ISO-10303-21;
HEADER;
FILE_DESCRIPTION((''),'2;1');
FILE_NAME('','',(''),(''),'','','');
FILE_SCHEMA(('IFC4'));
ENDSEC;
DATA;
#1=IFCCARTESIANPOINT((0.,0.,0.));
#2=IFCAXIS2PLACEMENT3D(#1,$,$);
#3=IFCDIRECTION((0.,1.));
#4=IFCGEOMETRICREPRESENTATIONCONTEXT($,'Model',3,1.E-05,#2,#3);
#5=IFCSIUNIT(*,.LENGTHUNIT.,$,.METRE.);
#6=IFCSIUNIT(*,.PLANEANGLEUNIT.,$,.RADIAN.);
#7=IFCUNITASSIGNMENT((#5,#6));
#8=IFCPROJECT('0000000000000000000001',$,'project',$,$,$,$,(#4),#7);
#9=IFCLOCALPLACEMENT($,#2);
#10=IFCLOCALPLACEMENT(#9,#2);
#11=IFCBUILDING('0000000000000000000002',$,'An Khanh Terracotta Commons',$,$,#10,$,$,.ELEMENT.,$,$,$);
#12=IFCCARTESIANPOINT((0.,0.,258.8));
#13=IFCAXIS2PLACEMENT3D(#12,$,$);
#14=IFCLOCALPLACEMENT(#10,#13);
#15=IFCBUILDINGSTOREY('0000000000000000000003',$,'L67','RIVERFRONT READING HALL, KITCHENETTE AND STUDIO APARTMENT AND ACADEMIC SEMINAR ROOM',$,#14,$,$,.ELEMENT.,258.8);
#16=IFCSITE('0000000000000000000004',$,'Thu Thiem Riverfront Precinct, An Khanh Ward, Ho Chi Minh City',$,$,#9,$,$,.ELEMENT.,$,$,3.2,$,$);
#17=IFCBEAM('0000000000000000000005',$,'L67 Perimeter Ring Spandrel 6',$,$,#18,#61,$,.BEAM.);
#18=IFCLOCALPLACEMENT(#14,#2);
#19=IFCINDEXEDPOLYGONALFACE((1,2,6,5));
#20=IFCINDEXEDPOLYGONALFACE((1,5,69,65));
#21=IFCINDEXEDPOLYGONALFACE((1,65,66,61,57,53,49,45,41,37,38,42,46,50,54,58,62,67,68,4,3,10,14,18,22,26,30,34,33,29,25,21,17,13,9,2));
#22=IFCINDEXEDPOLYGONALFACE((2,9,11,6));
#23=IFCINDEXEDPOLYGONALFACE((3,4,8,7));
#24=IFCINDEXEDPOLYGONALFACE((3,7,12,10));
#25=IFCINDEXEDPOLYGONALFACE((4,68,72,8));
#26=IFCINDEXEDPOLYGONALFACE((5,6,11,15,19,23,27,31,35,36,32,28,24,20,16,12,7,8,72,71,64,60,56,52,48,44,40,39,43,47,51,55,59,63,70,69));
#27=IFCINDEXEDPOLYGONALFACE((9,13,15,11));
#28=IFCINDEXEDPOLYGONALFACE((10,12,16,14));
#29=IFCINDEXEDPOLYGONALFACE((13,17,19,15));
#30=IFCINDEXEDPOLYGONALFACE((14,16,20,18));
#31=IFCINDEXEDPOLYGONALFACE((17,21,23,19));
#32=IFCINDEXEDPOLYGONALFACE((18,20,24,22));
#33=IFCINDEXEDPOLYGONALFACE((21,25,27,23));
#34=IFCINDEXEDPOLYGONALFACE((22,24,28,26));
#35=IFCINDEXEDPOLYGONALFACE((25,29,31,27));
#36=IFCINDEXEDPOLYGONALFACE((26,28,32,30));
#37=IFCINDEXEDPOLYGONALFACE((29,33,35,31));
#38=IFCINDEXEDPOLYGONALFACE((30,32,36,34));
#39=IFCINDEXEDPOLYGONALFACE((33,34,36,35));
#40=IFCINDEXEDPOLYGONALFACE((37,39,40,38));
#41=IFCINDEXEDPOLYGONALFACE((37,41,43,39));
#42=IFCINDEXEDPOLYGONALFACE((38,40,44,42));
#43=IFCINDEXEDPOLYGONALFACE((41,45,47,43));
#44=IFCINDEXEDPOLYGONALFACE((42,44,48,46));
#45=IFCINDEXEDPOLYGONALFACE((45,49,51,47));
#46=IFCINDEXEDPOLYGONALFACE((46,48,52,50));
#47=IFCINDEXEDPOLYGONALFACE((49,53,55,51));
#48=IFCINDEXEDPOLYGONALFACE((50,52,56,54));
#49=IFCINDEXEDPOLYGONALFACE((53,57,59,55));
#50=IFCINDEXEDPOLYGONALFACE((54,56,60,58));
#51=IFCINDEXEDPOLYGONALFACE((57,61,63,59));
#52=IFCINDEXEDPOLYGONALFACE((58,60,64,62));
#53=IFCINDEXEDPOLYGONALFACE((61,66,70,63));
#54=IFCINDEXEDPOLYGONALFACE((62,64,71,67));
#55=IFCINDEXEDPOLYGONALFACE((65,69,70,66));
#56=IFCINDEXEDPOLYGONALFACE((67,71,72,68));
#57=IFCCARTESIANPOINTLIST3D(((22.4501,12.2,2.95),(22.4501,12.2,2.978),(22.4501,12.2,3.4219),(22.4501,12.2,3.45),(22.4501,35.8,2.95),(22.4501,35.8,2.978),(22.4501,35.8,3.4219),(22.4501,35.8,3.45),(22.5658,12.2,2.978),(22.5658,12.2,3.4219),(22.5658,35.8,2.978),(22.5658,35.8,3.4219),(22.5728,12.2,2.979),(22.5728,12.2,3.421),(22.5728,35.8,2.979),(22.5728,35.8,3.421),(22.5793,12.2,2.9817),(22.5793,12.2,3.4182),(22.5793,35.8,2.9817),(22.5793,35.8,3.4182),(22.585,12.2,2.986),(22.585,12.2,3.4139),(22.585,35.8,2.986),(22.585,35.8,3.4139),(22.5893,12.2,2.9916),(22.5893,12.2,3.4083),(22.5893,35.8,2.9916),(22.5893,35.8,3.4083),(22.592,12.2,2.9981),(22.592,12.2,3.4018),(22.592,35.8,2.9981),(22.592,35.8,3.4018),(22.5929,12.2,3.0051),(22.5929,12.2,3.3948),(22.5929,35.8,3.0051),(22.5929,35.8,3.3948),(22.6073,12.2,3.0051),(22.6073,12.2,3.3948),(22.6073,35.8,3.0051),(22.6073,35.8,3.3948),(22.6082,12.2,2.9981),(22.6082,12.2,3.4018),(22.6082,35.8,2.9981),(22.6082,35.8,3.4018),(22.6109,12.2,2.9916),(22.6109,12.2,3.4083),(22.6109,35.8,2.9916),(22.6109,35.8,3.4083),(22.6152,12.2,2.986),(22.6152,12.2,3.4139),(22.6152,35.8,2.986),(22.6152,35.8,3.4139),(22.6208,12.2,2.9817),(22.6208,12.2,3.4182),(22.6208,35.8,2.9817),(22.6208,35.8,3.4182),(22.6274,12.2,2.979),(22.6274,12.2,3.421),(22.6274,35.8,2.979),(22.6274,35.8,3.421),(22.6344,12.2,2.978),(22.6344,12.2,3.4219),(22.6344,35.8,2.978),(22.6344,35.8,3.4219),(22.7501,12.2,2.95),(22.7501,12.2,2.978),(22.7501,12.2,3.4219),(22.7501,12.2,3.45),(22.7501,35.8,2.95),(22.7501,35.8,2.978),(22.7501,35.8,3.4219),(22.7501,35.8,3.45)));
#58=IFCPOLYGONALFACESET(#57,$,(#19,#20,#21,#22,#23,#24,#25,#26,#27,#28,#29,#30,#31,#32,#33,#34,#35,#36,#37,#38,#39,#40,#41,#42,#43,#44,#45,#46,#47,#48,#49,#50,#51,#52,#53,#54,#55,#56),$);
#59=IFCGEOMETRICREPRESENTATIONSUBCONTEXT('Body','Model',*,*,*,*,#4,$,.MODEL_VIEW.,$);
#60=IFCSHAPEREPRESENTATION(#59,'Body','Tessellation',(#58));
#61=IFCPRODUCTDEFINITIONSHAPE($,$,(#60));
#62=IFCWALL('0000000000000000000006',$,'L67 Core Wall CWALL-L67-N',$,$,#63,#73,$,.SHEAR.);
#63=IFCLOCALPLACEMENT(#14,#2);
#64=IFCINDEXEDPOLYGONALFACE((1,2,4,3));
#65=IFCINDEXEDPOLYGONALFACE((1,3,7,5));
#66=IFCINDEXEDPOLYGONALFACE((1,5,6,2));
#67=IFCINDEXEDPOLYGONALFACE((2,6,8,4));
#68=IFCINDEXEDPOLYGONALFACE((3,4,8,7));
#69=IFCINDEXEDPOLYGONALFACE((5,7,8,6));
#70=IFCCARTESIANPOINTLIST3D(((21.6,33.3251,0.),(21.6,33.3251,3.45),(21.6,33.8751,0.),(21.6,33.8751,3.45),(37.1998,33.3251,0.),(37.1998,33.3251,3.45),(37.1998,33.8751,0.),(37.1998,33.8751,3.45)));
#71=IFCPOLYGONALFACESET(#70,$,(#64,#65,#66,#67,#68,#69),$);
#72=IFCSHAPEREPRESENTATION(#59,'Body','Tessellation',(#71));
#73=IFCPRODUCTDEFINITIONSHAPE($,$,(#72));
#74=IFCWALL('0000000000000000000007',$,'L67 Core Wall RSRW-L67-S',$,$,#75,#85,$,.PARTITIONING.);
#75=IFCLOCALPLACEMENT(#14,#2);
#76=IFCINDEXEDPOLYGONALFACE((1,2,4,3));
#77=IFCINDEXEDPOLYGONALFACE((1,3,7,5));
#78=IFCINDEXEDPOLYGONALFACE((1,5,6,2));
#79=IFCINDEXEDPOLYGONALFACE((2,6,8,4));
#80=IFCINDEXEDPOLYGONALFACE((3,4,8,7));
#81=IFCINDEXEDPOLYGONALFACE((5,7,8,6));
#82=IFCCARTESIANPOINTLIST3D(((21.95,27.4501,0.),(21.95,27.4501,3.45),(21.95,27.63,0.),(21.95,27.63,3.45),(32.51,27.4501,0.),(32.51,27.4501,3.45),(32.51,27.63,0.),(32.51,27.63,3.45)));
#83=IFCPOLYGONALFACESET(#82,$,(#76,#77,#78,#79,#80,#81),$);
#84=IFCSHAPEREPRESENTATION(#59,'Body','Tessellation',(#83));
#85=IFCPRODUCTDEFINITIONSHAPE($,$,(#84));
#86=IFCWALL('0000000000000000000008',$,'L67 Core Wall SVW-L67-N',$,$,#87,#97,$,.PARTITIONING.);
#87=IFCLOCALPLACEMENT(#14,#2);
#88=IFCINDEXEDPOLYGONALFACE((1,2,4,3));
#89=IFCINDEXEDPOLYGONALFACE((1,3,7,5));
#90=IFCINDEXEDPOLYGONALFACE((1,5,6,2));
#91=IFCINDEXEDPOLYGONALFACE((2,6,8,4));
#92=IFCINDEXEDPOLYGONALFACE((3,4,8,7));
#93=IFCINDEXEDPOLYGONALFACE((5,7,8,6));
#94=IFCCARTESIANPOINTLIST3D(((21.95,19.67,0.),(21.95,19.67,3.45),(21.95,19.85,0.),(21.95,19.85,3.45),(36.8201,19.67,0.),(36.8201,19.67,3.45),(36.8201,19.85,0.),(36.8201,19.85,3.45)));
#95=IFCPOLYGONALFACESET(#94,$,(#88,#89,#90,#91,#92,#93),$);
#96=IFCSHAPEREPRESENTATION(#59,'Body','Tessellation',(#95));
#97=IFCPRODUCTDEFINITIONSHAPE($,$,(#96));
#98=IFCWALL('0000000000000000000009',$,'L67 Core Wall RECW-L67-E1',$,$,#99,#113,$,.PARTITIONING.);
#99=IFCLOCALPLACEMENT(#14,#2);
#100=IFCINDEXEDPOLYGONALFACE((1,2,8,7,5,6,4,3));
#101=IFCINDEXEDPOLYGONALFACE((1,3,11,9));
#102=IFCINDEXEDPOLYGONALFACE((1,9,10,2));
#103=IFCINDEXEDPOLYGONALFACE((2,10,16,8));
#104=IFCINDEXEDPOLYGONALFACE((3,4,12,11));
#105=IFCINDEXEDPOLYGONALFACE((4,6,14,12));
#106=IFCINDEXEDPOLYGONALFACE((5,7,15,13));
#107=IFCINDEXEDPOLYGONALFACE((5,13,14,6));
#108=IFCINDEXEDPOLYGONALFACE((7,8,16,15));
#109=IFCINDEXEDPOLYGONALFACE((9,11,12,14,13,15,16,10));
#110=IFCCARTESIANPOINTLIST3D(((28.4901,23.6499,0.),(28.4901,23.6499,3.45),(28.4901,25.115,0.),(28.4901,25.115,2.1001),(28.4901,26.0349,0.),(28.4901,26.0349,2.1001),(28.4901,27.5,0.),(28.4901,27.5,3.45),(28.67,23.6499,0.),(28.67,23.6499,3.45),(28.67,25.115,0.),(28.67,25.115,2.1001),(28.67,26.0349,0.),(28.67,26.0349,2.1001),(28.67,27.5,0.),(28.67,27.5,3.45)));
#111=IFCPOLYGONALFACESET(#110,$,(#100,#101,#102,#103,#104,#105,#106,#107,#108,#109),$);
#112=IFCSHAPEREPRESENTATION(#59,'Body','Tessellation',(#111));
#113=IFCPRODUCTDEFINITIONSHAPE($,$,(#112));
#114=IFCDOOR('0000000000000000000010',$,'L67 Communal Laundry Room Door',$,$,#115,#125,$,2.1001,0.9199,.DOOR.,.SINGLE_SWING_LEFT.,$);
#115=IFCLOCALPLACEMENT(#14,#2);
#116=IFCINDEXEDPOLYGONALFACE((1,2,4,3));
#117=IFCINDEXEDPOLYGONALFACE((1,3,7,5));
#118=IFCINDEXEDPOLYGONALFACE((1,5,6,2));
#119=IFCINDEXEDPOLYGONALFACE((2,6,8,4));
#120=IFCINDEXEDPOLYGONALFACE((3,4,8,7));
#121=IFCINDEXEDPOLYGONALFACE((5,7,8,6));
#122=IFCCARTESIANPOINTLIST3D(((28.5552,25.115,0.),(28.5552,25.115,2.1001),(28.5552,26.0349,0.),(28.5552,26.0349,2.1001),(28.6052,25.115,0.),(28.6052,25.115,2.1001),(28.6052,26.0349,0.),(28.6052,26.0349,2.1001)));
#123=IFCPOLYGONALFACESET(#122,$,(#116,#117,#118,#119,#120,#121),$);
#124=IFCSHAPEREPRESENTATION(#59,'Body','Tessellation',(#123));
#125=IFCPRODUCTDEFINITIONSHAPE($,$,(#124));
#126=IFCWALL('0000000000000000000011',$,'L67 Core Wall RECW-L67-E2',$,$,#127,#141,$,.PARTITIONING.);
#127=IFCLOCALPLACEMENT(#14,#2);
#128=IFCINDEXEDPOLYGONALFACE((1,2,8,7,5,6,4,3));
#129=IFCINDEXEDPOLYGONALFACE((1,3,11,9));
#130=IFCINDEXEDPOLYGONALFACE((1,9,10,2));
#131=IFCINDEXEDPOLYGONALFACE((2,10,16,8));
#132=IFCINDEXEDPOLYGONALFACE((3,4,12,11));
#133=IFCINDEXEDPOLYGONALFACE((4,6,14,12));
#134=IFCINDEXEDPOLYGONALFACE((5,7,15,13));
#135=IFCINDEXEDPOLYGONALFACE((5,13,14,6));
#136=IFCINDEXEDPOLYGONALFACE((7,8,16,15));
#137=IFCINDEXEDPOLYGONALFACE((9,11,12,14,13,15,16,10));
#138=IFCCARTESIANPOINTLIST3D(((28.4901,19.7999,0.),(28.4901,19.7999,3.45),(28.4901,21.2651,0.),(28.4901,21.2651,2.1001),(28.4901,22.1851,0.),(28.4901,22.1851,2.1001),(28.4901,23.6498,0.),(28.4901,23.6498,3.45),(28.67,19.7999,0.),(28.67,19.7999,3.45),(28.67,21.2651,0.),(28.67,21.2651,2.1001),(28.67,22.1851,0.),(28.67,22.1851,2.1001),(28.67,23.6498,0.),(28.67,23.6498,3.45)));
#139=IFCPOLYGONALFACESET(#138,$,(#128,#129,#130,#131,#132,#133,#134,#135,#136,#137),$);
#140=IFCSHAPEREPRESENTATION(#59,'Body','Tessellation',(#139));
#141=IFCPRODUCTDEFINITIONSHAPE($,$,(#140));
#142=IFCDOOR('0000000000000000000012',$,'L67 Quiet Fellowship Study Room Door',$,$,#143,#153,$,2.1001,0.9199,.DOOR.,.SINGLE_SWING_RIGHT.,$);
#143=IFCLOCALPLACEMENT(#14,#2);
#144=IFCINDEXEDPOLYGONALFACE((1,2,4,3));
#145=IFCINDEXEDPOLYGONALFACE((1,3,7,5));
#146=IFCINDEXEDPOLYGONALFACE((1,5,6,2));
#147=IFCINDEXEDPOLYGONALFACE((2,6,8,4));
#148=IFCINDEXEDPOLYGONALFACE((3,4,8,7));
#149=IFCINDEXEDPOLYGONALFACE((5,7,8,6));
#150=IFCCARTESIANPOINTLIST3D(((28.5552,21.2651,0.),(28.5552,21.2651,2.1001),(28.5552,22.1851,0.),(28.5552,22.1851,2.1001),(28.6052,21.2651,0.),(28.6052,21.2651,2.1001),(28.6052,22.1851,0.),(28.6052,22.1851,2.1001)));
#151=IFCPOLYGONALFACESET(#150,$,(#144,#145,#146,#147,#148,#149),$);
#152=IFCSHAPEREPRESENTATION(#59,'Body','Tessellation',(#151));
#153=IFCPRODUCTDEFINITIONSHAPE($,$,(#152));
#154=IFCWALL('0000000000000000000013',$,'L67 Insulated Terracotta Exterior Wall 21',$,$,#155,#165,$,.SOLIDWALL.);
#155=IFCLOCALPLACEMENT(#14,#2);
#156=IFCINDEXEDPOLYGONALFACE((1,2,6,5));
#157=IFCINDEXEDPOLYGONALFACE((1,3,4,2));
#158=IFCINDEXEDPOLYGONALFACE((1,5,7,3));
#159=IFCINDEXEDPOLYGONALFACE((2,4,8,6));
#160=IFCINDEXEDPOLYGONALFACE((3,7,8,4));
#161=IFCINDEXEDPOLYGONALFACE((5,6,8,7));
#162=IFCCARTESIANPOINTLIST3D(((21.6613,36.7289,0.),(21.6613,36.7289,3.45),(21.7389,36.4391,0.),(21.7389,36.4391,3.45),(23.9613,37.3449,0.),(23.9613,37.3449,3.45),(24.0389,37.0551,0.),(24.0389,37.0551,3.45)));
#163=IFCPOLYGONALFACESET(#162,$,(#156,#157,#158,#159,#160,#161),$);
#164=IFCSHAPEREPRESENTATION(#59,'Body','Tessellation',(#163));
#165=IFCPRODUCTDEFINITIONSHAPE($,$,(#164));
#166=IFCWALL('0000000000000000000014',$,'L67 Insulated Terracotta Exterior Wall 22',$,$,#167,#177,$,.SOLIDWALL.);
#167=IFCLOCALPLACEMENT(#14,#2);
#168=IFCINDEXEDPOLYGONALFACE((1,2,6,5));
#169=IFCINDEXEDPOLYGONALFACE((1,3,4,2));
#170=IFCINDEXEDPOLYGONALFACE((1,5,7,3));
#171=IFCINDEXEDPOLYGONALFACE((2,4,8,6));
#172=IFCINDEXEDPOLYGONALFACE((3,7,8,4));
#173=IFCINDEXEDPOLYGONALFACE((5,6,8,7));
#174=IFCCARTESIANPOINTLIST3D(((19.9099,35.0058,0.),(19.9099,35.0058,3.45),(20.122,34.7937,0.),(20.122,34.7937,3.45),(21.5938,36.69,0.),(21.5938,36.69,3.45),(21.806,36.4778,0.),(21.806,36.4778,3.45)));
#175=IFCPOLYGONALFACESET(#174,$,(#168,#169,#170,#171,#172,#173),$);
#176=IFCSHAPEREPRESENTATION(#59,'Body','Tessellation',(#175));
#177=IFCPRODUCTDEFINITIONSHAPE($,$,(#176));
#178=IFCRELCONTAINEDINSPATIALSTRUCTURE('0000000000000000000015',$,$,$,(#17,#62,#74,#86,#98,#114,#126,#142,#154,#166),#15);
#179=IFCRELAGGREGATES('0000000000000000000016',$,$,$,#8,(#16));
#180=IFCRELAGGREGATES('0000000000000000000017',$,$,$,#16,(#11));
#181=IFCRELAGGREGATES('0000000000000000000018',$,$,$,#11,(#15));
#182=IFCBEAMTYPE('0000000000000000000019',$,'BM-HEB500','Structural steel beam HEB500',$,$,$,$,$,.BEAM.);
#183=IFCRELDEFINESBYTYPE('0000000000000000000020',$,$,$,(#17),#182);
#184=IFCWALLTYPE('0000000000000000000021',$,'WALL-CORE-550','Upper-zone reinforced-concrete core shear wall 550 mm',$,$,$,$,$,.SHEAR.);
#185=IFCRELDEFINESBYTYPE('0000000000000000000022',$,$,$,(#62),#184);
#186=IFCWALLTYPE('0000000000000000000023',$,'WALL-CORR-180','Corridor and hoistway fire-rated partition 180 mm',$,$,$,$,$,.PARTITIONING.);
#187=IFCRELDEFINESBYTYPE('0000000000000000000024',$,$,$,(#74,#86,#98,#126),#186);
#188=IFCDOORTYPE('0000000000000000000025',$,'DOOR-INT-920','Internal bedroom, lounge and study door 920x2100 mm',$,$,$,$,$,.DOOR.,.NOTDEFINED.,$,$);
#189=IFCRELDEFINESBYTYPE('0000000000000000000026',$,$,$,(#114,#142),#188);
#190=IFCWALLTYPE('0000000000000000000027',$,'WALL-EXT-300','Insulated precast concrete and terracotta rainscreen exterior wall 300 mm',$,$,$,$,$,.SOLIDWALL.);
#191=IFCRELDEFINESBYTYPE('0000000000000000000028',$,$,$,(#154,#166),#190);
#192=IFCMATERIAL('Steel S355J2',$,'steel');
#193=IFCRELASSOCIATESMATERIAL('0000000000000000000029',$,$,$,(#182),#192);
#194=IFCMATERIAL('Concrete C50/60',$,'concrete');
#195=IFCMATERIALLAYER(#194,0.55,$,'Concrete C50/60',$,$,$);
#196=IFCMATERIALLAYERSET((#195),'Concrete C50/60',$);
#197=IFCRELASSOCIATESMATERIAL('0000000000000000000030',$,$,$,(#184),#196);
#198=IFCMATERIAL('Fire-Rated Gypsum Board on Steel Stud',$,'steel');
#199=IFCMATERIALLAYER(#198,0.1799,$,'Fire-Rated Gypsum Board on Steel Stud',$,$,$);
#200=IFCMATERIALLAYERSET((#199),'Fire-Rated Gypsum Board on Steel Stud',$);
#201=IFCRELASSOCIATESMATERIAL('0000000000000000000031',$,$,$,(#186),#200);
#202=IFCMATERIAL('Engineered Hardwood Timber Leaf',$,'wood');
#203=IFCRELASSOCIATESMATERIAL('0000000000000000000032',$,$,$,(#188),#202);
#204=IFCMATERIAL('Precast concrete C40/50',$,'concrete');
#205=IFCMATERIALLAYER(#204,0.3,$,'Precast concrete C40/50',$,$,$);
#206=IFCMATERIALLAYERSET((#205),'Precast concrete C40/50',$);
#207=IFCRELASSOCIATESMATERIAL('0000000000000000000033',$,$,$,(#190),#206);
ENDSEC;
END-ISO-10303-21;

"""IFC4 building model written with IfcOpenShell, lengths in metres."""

from ifc_helpers import new_model, si_unit, direction, frame, frame_2d, origin, origin_2d, place, context, subcontext, project, spatial, rectangle, i_section, extrude, material, layer, layer_set, material_profile, profile_set, type_object, element, fill, save


model = new_model("IFC4")

# Units and contexts
model_context = context("Model", 3, precision=1e-05, world=origin(), true_north=direction((0.0, 1.0)))
body_context = subcontext(model_context, "Body", "Model", "MODEL_VIEW")
ifc_project = project(units=[si_unit("LENGTHUNIT", "METRE"), si_unit("PLANEANGLEUNIT", "RADIAN")], contexts=[model_context])

# Site, building, storey
site_placement = place(None, origin())
site = spatial("IfcSite", under=ifc_project, at=site_placement, Name="Thu Thiem Riverfront Precinct, An Khanh Ward, Ho Chi Minh City", CompositionType="ELEMENT", RefElevation=3.2)
building_placement = place(site_placement, origin())
building = spatial("IfcBuilding", under=site, at=building_placement, Name="An Khanh Terracotta Commons", CompositionType="ELEMENT")
storey_placement = place(building_placement, frame((0.0, 0.0, 258.8)))
storey = spatial("IfcBuildingStorey", under=building, at=storey_placement, Name="L67", Description="RIVERFRONT READING HALL, KITCHENETTE AND STUDIO APARTMENT AND ACADEMIC SEMINAR ROOM", CompositionType="ELEMENT", Elevation=258.8)

# Shared definitions
ifc_material_1 = material(Name="Concrete C50/60", Category="concrete")

# Beam
ifc_material_2 = material(Name="Steel S355J2", Category="steel")
ifc_material_profile_1 = material_profile(ifc_material_2, i_section(OverallWidth=0.3, OverallDepth=0.5, WebThickness=0.0144, FlangeThickness=0.0281, FilletRadius=0.0271, at=origin_2d()), Name="HEB500")
ifc_profile_set_1 = profile_set([ifc_material_profile_1], Name="Steel S355J2")
beam_type_1 = type_object("IfcBeamType", Name="BM-HEB500", Description="Structural steel beam HEB500", PredefinedType="BEAM", material=ifc_profile_set_1)
beam_1_placement = place(storey_placement, frame((22.6001, 35.8, 3.2), z_axis=(0.0, -1.0, 0.0), x_axis=(1.0, 0.0, 0.0)))
element("IfcBeam", 1, at=beam_1_placement, inside=storey, type_object=beam_type_1, Name="L67 Perimeter Ring Spandrel 6", PredefinedType="BEAM", context=body_context, shape_type="SweptSolid", body=[
    extrude(i_section(OverallWidth=0.3, OverallDepth=0.5, WebThickness=0.0144, FlangeThickness=0.0281, FilletRadius=0.0271, at=origin_2d()), origin(), (0.0, 0.0, 1.0), 23.6001),
])

# Walls
ifc_layer_1 = layer(ifc_material_1, 0.55, Name="Concrete C50/60")
ifc_layer_set_1 = layer_set([ifc_layer_1], Name="Concrete C50/60")
wall_type_1 = type_object("IfcWallType", Name="WALL-CORE-550", Description="Upper-zone reinforced-concrete core shear wall 550 mm", PredefinedType="SHEAR", material=ifc_layer_set_1)
wall_1_placement = place(storey_placement, frame((21.6001, 33.6001, 0.0), z_axis=(0.0, 0.0, 1.0), x_axis=(1.0, 0.0, 0.0)))
element("IfcWall", 2, at=wall_1_placement, inside=storey, type_object=wall_type_1, Name="L67 Core Wall CWALL-L67-N", PredefinedType="SHEAR", context=body_context, shape_type="SweptSolid", body=[
    extrude(rectangle(XDim=15.5999, YDim=0.55, at=frame_2d((7.7998, 0.0))), origin(), (0.0, 0.0, 1.0), 3.45),
])
ifc_material_3 = material(Name="Fire-Rated Gypsum Board on Steel Stud", Category="steel")
ifc_layer_2 = layer(ifc_material_3, 0.1799, Name="Fire-Rated Gypsum Board on Steel Stud")
ifc_layer_set_2 = layer_set([ifc_layer_2], Name="Fire-Rated Gypsum Board on Steel Stud")
wall_type_2 = type_object("IfcWallType", Name="WALL-CORR-180", Description="Corridor and hoistway fire-rated partition 180 mm", PredefinedType="PARTITIONING", material=ifc_layer_set_2)
wall_2_placement = place(storey_placement, frame((21.95, 27.54, 0.0), z_axis=(0.0, 0.0, 1.0), x_axis=(1.0, 0.0, 0.0)))
element("IfcWall", 3, at=wall_2_placement, inside=storey, type_object=wall_type_2, Name="L67 Core Wall RSRW-L67-S", PredefinedType="PARTITIONING", context=body_context, shape_type="SweptSolid", body=[
    extrude(rectangle(XDim=10.5601, YDim=0.1799, at=frame_2d((5.28, 0.0))), origin(), (0.0, 0.0, 1.0), 3.45),
])
wall_3_placement = place(storey_placement, frame((21.95, 19.76, 0.0), z_axis=(0.0, 0.0, 1.0), x_axis=(1.0, 0.0, 0.0)))
element("IfcWall", 4, at=wall_3_placement, inside=storey, type_object=wall_type_2, Name="L67 Core Wall SVW-L67-N", PredefinedType="PARTITIONING", context=body_context, shape_type="SweptSolid", body=[
    extrude(rectangle(XDim=14.8701, YDim=0.1799, at=frame_2d((7.4351, 0.0))), origin(), (0.0, 0.0, 1.0), 3.45),
])

# Walls, openings, doors
wall_4_placement = place(storey_placement, frame((28.5801, 23.6499, 0.0), z_axis=(0.0, 0.0, 1.0), x_axis=(0.0, 1.0, 0.0)))
wall_4 = element("IfcWall", 5, at=wall_4_placement, inside=storey, type_object=wall_type_2, Name="L67 Core Wall RECW-L67-E1", PredefinedType="PARTITIONING", context=body_context, shape_type="SweptSolid", body=[
    extrude(rectangle(XDim=3.8501, YDim=0.1799, at=frame_2d((1.925, 0.0))), origin(), (0.0, 0.0, 1.0), 3.45),
])
opening_1_placement = place(wall_4_placement, frame((1.4651, 0.0, 0.0)))
opening_1 = element("IfcOpeningElement", 6, at=opening_1_placement, cuts=wall_4, PredefinedType="OPENING", context=body_context, shape_type="SweptSolid", body=[
    extrude(rectangle(XDim=0.9199, YDim=2.1001, at=frame_2d((0.46, 1.05))), frame((0.0, 0.0999, 0.0), z_axis=(0.0, -1.0, 0.0), x_axis=(1.0, 0.0, 0.0)), (0.0, 0.0, 1.0), 0.2),
])
ifc_material_4 = material(Name="Engineered Hardwood Timber Leaf", Category="wood")
door_type = type_object("IfcDoorType", Name="DOOR-INT-920", Description="Internal bedroom, lounge and study door 920x2100 mm", OperationType="NOTDEFINED", PredefinedType="DOOR", material=ifc_material_4)
door_1_placement = place(opening_1_placement, origin())
door_1 = element("IfcDoor", 7, at=door_1_placement, inside=storey, type_object=door_type, Name="L67 Communal Laundry Room Door", OperationType="SINGLE_SWING_LEFT", OverallHeight=2.1001, OverallWidth=0.9199, PredefinedType="DOOR", context=body_context, shape_type="SweptSolid", body=[
    extrude(rectangle(XDim=0.9199, YDim=2.1001, at=frame_2d((0.46, 1.05))), frame((0.0, 0.0249, 0.0), z_axis=(0.0, -1.0, 0.0), x_axis=(1.0, 0.0, 0.0)), (0.0, 0.0, 1.0), 0.05),
])
fill(opening_1, door_1)
wall_5_placement = place(storey_placement, frame((28.5801, 19.8, 0.0), z_axis=(0.0, 0.0, 1.0), x_axis=(0.0, 1.0, 0.0)))
wall_5 = element("IfcWall", 8, at=wall_5_placement, inside=storey, type_object=wall_type_2, Name="L67 Core Wall RECW-L67-E2", PredefinedType="PARTITIONING", context=body_context, shape_type="SweptSolid", body=[
    extrude(rectangle(XDim=3.8499, YDim=0.1799, at=frame_2d((1.9248, 0.0))), origin(), (0.0, 0.0, 1.0), 3.45),
])
opening_2_placement = place(wall_5_placement, frame((1.4651, 0.0, 0.0)))
opening_2 = element("IfcOpeningElement", 9, at=opening_2_placement, cuts=wall_5, PredefinedType="OPENING", context=body_context, shape_type="SweptSolid", body=[
    extrude(rectangle(XDim=0.9199, YDim=2.1001, at=frame_2d((0.46, 1.05))), frame((0.0, 0.0999, 0.0), z_axis=(0.0, -1.0, 0.0), x_axis=(1.0, 0.0, 0.0)), (0.0, 0.0, 1.0), 0.2),
])
door_2_placement = place(opening_2_placement, origin())
door_2 = element("IfcDoor", 10, at=door_2_placement, inside=storey, type_object=door_type, Name="L67 Quiet Fellowship Study Room Door", OperationType="SINGLE_SWING_RIGHT", OverallHeight=2.1001, OverallWidth=0.9199, PredefinedType="DOOR", context=body_context, shape_type="SweptSolid", body=[
    extrude(rectangle(XDim=0.9199, YDim=2.1001, at=frame_2d((0.46, 1.05))), frame((0.0, 0.0249, 0.0), z_axis=(0.0, -1.0, 0.0), x_axis=(1.0, 0.0, 0.0)), (0.0, 0.0, 1.0), 0.05),
])
fill(opening_2, door_2)

# Walls
ifc_material_5 = material(Name="Precast concrete C40/50", Category="concrete")
ifc_layer_3 = layer(ifc_material_5, 0.3, Name="Precast concrete C40/50")
ifc_layer_set_3 = layer_set([ifc_layer_3], Name="Precast concrete C40/50")
wall_type_3 = type_object("IfcWallType", Name="WALL-EXT-300", Description="Insulated precast concrete and terracotta rainscreen exterior wall 300 mm", PredefinedType="SOLIDWALL", material=ifc_layer_set_3)
wall_6_placement = place(storey_placement, frame((24.0, 37.2, 0.0), z_axis=(0.0, 0.0, 1.0), x_axis=(-0.96596, -0.25869, 0.0)))
element("IfcWall", 11, at=wall_6_placement, inside=storey, type_object=wall_type_3, Name="L67 Insulated Terracotta Exterior Wall 21", PredefinedType="SOLIDWALL", context=body_context, shape_type="SweptSolid", body=[
    extrude(rectangle(XDim=2.3811, YDim=0.3, at=frame_2d((1.1904, 0.0))), origin(), (0.0, 0.0, 1.0), 3.45),
])
wall_7_placement = place(storey_placement, frame((21.7, 36.584, 0.0), z_axis=(0.0, 0.0, 1.0), x_axis=(-0.707056, -0.707158, 0.0)))
element("IfcWall", 12, at=wall_7_placement, inside=storey, type_object=wall_type_3, Name="L67 Insulated Terracotta Exterior Wall 22", PredefinedType="SOLIDWALL", context=body_context, shape_type="SweptSolid", body=[
    extrude(rectangle(XDim=2.3816, YDim=0.3, at=frame_2d((1.1909, 0.0))), origin(), (0.0, 0.0, 1.0), 3.45),
])

save(model, "model.ifc")
